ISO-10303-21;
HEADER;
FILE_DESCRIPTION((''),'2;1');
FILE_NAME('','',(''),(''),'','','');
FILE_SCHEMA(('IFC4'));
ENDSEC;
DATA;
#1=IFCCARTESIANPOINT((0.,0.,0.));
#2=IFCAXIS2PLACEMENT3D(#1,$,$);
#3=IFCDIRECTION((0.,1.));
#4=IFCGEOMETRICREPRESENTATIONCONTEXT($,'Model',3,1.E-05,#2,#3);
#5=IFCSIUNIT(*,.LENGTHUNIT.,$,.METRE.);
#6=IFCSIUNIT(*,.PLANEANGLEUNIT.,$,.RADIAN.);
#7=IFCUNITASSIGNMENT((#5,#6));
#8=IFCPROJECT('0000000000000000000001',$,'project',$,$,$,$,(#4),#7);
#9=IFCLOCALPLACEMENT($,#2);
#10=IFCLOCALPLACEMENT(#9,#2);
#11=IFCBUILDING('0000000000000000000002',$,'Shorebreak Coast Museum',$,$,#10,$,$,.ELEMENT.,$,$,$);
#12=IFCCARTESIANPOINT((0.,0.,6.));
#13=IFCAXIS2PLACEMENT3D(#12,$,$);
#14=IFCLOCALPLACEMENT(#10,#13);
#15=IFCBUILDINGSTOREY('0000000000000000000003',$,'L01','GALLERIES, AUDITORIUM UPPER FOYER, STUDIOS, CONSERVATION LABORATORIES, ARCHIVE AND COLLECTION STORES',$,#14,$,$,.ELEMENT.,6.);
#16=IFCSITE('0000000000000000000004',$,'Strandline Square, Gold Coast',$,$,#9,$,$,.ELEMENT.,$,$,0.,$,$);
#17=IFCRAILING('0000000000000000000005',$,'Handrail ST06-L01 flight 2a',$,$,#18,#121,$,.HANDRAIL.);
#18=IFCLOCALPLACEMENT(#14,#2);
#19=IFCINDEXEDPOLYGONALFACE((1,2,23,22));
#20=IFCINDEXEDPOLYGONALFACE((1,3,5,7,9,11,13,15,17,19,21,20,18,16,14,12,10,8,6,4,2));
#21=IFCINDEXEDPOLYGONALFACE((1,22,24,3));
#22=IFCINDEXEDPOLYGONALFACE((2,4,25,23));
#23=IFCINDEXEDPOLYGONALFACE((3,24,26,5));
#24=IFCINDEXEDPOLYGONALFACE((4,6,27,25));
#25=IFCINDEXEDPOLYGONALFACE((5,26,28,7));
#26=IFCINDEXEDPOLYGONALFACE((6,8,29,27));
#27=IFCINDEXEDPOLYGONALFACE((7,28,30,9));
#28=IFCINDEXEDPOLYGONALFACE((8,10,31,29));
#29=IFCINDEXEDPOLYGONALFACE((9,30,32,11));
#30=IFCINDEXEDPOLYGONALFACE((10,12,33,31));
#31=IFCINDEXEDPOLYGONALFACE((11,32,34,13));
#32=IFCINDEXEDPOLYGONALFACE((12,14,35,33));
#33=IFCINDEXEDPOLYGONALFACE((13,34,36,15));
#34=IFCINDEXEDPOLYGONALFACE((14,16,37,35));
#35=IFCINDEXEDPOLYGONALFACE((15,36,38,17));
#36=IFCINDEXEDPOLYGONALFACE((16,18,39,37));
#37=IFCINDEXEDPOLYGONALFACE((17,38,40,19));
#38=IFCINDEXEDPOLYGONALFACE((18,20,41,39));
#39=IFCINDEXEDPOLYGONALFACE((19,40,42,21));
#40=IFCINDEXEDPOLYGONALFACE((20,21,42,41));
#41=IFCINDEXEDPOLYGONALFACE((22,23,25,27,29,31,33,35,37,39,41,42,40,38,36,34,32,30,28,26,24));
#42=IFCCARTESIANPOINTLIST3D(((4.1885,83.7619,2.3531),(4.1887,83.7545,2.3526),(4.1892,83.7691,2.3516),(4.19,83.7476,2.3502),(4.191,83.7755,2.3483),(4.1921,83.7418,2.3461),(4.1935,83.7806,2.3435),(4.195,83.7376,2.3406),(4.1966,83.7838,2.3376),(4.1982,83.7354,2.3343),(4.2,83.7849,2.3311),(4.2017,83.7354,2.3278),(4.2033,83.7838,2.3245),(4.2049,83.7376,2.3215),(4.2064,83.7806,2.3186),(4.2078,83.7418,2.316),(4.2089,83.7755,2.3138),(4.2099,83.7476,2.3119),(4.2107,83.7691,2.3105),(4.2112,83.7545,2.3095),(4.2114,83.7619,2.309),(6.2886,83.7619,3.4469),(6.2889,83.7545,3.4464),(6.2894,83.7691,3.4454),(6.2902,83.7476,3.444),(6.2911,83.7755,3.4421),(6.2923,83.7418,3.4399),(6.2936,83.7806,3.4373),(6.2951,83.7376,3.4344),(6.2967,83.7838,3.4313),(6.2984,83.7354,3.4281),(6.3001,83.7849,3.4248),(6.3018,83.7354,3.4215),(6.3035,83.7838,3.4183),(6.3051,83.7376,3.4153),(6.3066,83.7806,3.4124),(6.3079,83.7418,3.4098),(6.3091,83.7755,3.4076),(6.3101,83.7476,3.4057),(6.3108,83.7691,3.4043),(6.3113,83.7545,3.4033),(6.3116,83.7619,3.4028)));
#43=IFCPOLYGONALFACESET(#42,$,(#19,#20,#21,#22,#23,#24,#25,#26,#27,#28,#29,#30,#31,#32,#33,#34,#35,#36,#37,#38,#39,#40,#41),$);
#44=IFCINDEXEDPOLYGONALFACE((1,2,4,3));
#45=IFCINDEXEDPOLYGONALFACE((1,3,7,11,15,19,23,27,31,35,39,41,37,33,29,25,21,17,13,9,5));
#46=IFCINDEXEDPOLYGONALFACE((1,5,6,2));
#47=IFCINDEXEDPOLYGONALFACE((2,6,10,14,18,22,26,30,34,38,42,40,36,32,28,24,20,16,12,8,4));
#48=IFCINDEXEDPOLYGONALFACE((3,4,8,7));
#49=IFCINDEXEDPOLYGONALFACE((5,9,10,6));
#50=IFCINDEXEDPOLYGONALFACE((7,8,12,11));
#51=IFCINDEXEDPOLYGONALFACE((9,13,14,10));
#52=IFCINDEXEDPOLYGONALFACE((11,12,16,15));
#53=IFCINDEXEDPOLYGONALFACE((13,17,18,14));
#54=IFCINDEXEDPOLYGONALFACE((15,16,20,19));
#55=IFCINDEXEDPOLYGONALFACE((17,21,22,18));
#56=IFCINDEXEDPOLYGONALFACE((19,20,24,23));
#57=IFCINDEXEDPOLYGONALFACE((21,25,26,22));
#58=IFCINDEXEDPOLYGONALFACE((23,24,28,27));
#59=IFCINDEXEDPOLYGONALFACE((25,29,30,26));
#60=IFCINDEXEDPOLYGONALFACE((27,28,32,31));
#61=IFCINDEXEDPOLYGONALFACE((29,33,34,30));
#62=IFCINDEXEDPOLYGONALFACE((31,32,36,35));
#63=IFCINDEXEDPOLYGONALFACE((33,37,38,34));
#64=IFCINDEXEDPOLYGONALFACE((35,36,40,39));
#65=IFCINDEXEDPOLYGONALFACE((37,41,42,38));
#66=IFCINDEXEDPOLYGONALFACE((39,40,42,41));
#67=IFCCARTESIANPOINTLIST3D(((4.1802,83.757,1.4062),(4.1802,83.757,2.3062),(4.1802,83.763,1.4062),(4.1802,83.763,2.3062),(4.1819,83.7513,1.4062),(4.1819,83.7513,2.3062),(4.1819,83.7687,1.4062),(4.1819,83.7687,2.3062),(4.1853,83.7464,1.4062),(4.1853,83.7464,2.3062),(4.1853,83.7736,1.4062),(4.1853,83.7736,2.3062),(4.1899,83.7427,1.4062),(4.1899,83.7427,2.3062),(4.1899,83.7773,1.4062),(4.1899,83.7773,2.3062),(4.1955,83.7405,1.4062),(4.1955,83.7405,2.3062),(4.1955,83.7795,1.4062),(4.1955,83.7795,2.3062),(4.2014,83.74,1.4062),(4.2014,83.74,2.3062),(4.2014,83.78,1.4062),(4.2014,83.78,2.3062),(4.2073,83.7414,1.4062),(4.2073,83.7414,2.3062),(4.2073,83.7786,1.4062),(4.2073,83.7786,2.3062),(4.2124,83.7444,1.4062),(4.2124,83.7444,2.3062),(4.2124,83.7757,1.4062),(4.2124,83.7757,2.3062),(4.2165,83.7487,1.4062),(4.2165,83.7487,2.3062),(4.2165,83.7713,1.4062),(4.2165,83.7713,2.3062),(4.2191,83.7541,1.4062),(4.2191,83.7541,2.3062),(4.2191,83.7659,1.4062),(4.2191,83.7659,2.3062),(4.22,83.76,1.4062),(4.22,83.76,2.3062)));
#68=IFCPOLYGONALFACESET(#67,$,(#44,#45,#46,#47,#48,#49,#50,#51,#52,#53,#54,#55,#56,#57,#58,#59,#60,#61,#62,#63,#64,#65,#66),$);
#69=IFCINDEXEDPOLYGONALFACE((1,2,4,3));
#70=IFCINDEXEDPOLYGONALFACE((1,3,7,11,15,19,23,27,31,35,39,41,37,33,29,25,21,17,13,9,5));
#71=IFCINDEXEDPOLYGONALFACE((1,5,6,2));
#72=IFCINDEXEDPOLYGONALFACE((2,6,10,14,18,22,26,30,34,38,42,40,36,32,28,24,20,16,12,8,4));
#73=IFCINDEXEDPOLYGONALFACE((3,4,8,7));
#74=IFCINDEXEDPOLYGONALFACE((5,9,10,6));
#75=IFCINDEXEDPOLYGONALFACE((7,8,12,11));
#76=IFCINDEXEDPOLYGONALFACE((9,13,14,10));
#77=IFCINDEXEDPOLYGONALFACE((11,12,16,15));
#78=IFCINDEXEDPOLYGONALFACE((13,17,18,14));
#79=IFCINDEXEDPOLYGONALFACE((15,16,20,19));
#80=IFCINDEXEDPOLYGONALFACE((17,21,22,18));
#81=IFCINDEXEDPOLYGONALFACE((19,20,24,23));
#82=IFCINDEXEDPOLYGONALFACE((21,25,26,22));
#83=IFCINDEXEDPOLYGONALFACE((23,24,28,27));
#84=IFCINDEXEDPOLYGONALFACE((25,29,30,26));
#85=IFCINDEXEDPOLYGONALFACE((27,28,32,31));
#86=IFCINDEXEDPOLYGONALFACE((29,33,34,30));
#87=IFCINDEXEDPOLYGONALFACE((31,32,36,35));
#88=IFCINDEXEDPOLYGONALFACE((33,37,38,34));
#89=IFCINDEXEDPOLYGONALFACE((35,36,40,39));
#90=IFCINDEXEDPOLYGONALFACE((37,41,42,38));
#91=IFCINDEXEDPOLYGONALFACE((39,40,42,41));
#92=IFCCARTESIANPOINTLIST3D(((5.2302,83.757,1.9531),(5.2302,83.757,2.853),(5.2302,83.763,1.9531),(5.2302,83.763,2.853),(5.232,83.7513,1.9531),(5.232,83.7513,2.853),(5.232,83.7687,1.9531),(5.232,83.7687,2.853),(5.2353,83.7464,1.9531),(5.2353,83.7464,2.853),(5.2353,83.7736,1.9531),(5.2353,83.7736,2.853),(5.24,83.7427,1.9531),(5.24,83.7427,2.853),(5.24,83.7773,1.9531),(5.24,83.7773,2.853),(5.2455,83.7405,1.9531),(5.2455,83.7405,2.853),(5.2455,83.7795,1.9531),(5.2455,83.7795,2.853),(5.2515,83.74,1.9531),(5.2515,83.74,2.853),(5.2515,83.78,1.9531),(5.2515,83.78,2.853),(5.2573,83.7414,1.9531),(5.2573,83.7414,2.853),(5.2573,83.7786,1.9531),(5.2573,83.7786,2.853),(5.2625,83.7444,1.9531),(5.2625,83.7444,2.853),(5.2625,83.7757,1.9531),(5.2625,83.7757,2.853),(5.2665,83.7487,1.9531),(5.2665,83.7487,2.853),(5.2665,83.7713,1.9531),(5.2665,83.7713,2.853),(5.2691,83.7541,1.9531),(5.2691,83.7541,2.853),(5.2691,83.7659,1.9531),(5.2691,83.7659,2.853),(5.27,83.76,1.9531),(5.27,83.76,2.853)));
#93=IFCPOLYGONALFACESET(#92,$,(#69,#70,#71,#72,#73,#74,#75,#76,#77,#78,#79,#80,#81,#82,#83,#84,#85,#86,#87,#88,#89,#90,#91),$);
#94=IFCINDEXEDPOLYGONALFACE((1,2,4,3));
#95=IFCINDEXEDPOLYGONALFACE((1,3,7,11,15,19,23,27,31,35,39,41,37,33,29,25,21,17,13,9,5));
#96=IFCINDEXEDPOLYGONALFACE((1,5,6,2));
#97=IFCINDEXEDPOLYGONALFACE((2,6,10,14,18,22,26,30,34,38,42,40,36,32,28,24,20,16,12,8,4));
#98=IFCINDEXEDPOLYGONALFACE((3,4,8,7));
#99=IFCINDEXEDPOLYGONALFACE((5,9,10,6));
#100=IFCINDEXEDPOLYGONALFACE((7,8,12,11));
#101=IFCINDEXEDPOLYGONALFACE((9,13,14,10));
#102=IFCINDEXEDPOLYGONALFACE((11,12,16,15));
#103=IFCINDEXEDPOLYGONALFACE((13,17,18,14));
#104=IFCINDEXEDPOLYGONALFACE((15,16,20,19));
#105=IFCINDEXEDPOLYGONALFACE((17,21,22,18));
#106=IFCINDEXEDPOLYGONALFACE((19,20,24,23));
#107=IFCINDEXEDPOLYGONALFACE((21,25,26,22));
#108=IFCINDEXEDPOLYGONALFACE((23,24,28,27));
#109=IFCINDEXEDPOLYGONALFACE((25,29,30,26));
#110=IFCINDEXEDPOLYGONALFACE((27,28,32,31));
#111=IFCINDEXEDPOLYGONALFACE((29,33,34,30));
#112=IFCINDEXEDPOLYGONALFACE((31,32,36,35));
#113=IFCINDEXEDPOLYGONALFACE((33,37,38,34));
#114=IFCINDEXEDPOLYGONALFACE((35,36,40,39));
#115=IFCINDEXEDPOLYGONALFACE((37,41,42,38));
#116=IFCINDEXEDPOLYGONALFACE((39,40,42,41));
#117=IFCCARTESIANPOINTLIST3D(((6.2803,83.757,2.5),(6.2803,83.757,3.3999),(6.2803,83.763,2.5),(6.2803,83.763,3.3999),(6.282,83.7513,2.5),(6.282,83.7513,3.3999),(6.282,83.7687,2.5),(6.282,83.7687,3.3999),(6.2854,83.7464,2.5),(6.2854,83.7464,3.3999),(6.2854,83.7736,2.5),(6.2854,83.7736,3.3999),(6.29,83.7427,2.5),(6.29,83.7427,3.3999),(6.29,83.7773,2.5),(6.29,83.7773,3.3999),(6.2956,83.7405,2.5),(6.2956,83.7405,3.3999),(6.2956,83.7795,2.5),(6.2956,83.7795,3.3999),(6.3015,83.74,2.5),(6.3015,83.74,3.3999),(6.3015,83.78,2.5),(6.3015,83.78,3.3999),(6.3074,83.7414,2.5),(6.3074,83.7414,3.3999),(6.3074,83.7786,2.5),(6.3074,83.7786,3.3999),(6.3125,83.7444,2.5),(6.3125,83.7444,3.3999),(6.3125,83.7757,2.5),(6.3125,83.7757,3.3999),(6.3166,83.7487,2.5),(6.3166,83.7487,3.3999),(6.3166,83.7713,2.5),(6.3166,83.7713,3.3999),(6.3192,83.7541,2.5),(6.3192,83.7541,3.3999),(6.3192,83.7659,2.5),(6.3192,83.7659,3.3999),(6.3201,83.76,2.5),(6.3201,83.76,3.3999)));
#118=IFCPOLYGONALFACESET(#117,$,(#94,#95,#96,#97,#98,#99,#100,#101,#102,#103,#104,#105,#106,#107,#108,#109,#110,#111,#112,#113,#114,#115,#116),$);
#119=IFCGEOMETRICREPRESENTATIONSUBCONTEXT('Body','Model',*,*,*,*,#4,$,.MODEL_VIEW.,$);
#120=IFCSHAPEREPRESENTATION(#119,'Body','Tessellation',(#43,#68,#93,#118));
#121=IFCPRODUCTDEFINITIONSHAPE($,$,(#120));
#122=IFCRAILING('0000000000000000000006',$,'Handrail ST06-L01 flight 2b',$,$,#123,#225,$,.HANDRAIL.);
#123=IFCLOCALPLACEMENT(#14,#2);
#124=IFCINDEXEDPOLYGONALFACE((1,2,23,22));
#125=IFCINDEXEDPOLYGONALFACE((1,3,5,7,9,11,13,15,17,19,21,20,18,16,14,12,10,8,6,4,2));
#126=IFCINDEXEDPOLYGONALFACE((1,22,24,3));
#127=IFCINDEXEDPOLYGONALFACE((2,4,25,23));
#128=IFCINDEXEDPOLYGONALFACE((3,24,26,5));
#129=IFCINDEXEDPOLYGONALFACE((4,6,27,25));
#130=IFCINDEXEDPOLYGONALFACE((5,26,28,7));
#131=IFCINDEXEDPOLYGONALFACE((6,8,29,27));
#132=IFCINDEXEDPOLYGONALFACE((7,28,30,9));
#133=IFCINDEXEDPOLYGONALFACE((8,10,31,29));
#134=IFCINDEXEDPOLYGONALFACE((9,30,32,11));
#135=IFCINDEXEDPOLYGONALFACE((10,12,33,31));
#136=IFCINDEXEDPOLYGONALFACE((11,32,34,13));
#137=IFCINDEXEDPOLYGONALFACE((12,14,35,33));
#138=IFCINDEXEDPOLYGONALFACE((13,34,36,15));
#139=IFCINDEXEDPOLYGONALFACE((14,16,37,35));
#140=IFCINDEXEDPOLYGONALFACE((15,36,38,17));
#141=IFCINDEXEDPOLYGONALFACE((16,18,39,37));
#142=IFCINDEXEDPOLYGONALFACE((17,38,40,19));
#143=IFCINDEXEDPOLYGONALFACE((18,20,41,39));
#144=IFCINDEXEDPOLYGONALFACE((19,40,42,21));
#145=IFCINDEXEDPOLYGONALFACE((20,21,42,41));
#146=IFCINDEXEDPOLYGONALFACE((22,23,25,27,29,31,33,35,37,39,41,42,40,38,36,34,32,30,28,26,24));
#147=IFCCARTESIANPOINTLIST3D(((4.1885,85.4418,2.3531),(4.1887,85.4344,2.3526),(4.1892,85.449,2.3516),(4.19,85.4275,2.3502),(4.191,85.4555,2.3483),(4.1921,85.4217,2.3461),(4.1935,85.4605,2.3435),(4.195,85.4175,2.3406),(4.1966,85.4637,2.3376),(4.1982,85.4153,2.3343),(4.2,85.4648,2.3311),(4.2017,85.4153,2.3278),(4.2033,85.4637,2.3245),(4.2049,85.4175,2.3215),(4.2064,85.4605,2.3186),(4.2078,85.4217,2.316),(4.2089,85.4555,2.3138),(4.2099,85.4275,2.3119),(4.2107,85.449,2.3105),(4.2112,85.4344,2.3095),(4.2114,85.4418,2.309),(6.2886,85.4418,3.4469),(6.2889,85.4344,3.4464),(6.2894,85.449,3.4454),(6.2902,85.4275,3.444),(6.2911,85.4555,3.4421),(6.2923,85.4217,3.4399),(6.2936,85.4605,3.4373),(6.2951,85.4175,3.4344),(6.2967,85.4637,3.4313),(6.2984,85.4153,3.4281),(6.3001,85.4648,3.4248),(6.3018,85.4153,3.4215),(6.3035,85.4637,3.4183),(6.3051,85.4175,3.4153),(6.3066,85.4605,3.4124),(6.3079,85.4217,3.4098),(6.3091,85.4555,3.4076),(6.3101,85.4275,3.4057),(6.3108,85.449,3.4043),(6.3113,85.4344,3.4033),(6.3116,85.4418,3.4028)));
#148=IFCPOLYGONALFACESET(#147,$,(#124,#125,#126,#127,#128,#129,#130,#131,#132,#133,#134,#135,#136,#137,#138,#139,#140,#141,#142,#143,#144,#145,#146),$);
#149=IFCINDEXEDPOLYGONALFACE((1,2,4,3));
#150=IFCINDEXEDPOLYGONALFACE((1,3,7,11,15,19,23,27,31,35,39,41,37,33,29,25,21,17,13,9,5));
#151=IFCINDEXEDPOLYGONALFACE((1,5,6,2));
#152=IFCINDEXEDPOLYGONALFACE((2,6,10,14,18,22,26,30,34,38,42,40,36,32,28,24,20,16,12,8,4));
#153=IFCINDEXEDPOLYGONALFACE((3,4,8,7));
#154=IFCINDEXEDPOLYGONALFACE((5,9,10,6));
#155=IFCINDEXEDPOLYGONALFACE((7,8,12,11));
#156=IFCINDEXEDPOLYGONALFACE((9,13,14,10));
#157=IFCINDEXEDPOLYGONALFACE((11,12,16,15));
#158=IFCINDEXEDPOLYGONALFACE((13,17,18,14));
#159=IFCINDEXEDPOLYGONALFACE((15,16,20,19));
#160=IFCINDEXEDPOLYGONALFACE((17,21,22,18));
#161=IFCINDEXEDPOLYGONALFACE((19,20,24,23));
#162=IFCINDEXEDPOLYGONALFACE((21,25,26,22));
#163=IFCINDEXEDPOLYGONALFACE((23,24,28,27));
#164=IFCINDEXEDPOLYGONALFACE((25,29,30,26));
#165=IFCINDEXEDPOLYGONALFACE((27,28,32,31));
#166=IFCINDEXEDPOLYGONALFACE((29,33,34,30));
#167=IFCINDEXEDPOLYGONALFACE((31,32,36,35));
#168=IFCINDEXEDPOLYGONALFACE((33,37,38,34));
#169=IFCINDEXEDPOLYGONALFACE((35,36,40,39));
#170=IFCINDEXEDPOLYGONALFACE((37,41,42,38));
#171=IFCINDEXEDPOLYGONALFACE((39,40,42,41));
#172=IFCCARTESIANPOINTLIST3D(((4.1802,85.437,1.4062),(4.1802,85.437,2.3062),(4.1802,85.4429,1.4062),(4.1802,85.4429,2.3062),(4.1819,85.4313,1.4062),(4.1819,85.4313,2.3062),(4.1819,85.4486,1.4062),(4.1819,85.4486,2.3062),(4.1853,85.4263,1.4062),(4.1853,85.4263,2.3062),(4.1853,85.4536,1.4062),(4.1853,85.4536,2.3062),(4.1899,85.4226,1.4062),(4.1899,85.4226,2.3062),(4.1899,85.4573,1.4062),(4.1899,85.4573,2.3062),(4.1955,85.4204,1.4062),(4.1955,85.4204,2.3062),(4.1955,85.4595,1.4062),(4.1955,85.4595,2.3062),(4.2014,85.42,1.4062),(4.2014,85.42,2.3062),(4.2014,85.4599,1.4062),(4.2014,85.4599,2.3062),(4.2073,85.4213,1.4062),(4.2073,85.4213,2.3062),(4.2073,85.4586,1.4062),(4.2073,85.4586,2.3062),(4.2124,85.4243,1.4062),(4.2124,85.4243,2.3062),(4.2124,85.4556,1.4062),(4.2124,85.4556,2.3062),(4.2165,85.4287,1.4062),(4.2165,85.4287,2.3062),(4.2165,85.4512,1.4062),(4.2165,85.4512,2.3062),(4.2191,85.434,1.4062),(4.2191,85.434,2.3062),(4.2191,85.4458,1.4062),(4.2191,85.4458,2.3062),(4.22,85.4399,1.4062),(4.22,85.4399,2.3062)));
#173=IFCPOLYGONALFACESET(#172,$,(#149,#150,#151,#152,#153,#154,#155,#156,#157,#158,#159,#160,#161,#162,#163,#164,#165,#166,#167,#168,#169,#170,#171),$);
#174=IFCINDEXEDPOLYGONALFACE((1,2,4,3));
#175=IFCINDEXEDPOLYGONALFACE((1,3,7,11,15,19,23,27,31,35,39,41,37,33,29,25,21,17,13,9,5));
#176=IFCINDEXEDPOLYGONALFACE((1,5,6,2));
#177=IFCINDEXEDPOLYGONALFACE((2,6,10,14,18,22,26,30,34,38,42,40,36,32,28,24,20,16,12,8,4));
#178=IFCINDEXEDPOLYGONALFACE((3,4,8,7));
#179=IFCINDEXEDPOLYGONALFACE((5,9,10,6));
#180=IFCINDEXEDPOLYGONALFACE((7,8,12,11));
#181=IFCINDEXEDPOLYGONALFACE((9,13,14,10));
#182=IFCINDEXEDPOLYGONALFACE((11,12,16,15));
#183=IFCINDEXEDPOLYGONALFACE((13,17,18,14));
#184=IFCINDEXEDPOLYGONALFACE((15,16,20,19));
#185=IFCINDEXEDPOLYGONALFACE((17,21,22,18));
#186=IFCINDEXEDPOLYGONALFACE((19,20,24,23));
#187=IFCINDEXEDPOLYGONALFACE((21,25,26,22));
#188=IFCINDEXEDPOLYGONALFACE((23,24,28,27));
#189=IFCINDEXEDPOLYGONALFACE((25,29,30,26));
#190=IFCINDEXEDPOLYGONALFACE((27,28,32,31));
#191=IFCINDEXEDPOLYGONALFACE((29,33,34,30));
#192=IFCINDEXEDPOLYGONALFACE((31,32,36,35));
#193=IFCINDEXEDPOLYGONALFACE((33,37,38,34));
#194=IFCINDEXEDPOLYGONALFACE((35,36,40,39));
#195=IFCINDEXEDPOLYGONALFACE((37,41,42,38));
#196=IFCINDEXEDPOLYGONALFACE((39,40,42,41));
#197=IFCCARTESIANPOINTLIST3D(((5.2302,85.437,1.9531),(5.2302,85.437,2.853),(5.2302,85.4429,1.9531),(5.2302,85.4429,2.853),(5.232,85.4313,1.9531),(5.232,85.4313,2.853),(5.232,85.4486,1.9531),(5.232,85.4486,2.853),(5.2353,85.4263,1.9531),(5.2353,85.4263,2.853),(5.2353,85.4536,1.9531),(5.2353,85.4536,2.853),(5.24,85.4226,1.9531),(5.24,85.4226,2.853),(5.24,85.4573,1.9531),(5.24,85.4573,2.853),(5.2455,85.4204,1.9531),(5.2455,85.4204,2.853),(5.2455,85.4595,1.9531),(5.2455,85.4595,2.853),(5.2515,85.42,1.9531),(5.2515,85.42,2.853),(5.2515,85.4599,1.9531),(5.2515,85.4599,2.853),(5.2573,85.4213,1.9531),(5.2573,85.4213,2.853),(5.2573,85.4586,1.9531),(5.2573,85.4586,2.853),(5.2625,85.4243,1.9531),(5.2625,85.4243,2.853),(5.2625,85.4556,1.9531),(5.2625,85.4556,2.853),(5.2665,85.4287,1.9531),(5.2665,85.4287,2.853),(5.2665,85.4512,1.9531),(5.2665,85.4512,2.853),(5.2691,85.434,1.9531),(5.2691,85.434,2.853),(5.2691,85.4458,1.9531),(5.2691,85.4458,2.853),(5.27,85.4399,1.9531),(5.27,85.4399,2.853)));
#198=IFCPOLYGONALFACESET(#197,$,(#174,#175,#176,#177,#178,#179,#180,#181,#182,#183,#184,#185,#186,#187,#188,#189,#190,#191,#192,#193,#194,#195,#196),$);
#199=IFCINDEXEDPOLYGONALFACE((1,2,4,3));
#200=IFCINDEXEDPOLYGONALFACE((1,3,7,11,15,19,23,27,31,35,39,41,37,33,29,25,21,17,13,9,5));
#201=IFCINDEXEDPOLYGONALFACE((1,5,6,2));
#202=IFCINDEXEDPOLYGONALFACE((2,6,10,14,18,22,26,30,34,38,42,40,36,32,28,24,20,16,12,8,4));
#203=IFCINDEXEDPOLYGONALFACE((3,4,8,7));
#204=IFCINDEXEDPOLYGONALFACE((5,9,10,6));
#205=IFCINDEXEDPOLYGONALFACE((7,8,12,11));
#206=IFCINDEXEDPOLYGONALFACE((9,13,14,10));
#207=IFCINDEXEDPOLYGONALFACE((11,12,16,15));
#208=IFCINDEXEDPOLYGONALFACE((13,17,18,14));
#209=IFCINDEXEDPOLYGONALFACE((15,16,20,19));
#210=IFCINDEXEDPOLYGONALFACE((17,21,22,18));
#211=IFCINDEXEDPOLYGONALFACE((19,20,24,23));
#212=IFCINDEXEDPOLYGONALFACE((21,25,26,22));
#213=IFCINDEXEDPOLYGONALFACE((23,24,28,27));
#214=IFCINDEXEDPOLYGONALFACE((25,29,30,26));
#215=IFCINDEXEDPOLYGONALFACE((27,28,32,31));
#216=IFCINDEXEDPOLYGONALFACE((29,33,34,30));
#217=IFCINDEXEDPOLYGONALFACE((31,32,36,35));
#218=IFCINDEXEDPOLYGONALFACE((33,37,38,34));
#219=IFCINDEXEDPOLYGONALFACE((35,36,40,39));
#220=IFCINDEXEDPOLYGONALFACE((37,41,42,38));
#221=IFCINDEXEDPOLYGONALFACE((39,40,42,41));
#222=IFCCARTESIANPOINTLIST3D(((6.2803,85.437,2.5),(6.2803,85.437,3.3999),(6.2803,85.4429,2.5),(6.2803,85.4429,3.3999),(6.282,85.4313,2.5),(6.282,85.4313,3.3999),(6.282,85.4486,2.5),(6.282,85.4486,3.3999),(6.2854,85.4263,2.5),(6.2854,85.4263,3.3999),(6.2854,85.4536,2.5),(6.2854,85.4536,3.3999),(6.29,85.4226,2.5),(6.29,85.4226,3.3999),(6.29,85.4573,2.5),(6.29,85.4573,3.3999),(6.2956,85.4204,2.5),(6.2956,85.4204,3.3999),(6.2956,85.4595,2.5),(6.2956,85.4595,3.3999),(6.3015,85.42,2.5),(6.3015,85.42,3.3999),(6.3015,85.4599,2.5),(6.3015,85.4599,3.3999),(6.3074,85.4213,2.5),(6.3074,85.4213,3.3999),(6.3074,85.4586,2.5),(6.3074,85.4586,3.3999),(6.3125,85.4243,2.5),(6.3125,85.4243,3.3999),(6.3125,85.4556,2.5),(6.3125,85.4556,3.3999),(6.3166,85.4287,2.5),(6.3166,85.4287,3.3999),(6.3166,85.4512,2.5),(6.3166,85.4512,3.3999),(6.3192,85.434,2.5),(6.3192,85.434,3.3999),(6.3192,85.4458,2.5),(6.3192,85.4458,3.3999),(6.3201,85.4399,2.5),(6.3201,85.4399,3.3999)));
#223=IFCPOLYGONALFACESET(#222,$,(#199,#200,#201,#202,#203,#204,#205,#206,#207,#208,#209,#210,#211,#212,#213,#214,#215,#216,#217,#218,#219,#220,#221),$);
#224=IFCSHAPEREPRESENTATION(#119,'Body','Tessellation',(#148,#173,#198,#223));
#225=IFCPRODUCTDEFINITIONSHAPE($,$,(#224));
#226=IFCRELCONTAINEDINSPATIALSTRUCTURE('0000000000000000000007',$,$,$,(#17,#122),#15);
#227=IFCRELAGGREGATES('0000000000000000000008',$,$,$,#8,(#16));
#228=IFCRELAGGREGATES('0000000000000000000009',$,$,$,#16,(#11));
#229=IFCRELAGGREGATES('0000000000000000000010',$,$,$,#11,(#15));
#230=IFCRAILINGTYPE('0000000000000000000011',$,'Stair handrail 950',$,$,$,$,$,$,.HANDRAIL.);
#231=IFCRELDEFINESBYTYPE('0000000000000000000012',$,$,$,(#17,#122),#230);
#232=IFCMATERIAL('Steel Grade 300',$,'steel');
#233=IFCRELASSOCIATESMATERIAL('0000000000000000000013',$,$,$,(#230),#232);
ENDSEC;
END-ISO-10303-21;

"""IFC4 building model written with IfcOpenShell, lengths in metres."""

from ifc_helpers import new_model, si_unit, direction, frame, origin, origin_2d, place, context, subcontext, project, spatial, circle, extrude, material, type_object, element, save


model = new_model("IFC4")

# Units and contexts
model_context = context("Model", 3, precision=1e-05, world=origin(), true_north=direction((0.0, 1.0)))
body_context = subcontext(model_context, "Body", "Model", "MODEL_VIEW")
ifc_project = project(units=[si_unit("LENGTHUNIT", "METRE"), si_unit("PLANEANGLEUNIT", "RADIAN")], contexts=[model_context])

# Site, building, storey
site_placement = place(None, origin())
site = spatial("IfcSite", under=ifc_project, at=site_placement, Name="Strandline Square, Gold Coast", CompositionType="ELEMENT", RefElevation=0.0)
building_placement = place(site_placement, origin())
building = spatial("IfcBuilding", under=site, at=building_placement, Name="Shorebreak Coast Museum", CompositionType="ELEMENT")
storey_placement = place(building_placement, frame((0.0, 0.0, 6.0)))
storey = spatial("IfcBuildingStorey", under=building, at=storey_placement, Name="L01", Description="GALLERIES, AUDITORIUM UPPER FOYER, STUDIOS, CONSERVATION LABORATORIES, ARCHIVE AND COLLECTION STORES", CompositionType="ELEMENT", Elevation=6.0)

# Railings
ifc_material_1 = material(Name="Steel Grade 300", Category="steel")
railing_type_1 = type_object("IfcRailingType", Name="Stair handrail 950", PredefinedType="HANDRAIL", material=ifc_material_1)
for number, where, name in (
    (1, (4.2, 83.76, 1.4062), "Handrail ST06-L01 flight 2a"),
    (2, (4.2, 85.4399, 1.4062), "Handrail ST06-L01 flight 2b"),
):
    element("IfcRailing", number, at=place(storey_placement, frame(where)), inside=storey, type_object=railing_type_1, Name=name, PredefinedType="HANDRAIL", context=body_context, shape_type="SweptSolid", body=[
        extrude(circle(Radius=0.0249, at=origin_2d()), frame((0.0, 0.0, 0.9248), z_axis=(0.886923, 0.0, 0.461918), x_axis=(0.0, 1.0, 0.0)), (0.0, 0.0, 1.0), 2.3679),
        extrude(circle(Radius=0.02, at=origin_2d()), origin(), (0.0, 0.0, 1.0), 0.8999),
        extrude(circle(Radius=0.02, at=origin_2d()), frame((1.05, 0.0, 0.5469)), (0.0, 0.0, 1.0), 0.8999),
        extrude(circle(Radius=0.02, at=origin_2d()), frame((2.1001, 0.0, 1.0938)), (0.0, 0.0, 1.0), 0.8999),
    ])

save(model, "model.ifc")
